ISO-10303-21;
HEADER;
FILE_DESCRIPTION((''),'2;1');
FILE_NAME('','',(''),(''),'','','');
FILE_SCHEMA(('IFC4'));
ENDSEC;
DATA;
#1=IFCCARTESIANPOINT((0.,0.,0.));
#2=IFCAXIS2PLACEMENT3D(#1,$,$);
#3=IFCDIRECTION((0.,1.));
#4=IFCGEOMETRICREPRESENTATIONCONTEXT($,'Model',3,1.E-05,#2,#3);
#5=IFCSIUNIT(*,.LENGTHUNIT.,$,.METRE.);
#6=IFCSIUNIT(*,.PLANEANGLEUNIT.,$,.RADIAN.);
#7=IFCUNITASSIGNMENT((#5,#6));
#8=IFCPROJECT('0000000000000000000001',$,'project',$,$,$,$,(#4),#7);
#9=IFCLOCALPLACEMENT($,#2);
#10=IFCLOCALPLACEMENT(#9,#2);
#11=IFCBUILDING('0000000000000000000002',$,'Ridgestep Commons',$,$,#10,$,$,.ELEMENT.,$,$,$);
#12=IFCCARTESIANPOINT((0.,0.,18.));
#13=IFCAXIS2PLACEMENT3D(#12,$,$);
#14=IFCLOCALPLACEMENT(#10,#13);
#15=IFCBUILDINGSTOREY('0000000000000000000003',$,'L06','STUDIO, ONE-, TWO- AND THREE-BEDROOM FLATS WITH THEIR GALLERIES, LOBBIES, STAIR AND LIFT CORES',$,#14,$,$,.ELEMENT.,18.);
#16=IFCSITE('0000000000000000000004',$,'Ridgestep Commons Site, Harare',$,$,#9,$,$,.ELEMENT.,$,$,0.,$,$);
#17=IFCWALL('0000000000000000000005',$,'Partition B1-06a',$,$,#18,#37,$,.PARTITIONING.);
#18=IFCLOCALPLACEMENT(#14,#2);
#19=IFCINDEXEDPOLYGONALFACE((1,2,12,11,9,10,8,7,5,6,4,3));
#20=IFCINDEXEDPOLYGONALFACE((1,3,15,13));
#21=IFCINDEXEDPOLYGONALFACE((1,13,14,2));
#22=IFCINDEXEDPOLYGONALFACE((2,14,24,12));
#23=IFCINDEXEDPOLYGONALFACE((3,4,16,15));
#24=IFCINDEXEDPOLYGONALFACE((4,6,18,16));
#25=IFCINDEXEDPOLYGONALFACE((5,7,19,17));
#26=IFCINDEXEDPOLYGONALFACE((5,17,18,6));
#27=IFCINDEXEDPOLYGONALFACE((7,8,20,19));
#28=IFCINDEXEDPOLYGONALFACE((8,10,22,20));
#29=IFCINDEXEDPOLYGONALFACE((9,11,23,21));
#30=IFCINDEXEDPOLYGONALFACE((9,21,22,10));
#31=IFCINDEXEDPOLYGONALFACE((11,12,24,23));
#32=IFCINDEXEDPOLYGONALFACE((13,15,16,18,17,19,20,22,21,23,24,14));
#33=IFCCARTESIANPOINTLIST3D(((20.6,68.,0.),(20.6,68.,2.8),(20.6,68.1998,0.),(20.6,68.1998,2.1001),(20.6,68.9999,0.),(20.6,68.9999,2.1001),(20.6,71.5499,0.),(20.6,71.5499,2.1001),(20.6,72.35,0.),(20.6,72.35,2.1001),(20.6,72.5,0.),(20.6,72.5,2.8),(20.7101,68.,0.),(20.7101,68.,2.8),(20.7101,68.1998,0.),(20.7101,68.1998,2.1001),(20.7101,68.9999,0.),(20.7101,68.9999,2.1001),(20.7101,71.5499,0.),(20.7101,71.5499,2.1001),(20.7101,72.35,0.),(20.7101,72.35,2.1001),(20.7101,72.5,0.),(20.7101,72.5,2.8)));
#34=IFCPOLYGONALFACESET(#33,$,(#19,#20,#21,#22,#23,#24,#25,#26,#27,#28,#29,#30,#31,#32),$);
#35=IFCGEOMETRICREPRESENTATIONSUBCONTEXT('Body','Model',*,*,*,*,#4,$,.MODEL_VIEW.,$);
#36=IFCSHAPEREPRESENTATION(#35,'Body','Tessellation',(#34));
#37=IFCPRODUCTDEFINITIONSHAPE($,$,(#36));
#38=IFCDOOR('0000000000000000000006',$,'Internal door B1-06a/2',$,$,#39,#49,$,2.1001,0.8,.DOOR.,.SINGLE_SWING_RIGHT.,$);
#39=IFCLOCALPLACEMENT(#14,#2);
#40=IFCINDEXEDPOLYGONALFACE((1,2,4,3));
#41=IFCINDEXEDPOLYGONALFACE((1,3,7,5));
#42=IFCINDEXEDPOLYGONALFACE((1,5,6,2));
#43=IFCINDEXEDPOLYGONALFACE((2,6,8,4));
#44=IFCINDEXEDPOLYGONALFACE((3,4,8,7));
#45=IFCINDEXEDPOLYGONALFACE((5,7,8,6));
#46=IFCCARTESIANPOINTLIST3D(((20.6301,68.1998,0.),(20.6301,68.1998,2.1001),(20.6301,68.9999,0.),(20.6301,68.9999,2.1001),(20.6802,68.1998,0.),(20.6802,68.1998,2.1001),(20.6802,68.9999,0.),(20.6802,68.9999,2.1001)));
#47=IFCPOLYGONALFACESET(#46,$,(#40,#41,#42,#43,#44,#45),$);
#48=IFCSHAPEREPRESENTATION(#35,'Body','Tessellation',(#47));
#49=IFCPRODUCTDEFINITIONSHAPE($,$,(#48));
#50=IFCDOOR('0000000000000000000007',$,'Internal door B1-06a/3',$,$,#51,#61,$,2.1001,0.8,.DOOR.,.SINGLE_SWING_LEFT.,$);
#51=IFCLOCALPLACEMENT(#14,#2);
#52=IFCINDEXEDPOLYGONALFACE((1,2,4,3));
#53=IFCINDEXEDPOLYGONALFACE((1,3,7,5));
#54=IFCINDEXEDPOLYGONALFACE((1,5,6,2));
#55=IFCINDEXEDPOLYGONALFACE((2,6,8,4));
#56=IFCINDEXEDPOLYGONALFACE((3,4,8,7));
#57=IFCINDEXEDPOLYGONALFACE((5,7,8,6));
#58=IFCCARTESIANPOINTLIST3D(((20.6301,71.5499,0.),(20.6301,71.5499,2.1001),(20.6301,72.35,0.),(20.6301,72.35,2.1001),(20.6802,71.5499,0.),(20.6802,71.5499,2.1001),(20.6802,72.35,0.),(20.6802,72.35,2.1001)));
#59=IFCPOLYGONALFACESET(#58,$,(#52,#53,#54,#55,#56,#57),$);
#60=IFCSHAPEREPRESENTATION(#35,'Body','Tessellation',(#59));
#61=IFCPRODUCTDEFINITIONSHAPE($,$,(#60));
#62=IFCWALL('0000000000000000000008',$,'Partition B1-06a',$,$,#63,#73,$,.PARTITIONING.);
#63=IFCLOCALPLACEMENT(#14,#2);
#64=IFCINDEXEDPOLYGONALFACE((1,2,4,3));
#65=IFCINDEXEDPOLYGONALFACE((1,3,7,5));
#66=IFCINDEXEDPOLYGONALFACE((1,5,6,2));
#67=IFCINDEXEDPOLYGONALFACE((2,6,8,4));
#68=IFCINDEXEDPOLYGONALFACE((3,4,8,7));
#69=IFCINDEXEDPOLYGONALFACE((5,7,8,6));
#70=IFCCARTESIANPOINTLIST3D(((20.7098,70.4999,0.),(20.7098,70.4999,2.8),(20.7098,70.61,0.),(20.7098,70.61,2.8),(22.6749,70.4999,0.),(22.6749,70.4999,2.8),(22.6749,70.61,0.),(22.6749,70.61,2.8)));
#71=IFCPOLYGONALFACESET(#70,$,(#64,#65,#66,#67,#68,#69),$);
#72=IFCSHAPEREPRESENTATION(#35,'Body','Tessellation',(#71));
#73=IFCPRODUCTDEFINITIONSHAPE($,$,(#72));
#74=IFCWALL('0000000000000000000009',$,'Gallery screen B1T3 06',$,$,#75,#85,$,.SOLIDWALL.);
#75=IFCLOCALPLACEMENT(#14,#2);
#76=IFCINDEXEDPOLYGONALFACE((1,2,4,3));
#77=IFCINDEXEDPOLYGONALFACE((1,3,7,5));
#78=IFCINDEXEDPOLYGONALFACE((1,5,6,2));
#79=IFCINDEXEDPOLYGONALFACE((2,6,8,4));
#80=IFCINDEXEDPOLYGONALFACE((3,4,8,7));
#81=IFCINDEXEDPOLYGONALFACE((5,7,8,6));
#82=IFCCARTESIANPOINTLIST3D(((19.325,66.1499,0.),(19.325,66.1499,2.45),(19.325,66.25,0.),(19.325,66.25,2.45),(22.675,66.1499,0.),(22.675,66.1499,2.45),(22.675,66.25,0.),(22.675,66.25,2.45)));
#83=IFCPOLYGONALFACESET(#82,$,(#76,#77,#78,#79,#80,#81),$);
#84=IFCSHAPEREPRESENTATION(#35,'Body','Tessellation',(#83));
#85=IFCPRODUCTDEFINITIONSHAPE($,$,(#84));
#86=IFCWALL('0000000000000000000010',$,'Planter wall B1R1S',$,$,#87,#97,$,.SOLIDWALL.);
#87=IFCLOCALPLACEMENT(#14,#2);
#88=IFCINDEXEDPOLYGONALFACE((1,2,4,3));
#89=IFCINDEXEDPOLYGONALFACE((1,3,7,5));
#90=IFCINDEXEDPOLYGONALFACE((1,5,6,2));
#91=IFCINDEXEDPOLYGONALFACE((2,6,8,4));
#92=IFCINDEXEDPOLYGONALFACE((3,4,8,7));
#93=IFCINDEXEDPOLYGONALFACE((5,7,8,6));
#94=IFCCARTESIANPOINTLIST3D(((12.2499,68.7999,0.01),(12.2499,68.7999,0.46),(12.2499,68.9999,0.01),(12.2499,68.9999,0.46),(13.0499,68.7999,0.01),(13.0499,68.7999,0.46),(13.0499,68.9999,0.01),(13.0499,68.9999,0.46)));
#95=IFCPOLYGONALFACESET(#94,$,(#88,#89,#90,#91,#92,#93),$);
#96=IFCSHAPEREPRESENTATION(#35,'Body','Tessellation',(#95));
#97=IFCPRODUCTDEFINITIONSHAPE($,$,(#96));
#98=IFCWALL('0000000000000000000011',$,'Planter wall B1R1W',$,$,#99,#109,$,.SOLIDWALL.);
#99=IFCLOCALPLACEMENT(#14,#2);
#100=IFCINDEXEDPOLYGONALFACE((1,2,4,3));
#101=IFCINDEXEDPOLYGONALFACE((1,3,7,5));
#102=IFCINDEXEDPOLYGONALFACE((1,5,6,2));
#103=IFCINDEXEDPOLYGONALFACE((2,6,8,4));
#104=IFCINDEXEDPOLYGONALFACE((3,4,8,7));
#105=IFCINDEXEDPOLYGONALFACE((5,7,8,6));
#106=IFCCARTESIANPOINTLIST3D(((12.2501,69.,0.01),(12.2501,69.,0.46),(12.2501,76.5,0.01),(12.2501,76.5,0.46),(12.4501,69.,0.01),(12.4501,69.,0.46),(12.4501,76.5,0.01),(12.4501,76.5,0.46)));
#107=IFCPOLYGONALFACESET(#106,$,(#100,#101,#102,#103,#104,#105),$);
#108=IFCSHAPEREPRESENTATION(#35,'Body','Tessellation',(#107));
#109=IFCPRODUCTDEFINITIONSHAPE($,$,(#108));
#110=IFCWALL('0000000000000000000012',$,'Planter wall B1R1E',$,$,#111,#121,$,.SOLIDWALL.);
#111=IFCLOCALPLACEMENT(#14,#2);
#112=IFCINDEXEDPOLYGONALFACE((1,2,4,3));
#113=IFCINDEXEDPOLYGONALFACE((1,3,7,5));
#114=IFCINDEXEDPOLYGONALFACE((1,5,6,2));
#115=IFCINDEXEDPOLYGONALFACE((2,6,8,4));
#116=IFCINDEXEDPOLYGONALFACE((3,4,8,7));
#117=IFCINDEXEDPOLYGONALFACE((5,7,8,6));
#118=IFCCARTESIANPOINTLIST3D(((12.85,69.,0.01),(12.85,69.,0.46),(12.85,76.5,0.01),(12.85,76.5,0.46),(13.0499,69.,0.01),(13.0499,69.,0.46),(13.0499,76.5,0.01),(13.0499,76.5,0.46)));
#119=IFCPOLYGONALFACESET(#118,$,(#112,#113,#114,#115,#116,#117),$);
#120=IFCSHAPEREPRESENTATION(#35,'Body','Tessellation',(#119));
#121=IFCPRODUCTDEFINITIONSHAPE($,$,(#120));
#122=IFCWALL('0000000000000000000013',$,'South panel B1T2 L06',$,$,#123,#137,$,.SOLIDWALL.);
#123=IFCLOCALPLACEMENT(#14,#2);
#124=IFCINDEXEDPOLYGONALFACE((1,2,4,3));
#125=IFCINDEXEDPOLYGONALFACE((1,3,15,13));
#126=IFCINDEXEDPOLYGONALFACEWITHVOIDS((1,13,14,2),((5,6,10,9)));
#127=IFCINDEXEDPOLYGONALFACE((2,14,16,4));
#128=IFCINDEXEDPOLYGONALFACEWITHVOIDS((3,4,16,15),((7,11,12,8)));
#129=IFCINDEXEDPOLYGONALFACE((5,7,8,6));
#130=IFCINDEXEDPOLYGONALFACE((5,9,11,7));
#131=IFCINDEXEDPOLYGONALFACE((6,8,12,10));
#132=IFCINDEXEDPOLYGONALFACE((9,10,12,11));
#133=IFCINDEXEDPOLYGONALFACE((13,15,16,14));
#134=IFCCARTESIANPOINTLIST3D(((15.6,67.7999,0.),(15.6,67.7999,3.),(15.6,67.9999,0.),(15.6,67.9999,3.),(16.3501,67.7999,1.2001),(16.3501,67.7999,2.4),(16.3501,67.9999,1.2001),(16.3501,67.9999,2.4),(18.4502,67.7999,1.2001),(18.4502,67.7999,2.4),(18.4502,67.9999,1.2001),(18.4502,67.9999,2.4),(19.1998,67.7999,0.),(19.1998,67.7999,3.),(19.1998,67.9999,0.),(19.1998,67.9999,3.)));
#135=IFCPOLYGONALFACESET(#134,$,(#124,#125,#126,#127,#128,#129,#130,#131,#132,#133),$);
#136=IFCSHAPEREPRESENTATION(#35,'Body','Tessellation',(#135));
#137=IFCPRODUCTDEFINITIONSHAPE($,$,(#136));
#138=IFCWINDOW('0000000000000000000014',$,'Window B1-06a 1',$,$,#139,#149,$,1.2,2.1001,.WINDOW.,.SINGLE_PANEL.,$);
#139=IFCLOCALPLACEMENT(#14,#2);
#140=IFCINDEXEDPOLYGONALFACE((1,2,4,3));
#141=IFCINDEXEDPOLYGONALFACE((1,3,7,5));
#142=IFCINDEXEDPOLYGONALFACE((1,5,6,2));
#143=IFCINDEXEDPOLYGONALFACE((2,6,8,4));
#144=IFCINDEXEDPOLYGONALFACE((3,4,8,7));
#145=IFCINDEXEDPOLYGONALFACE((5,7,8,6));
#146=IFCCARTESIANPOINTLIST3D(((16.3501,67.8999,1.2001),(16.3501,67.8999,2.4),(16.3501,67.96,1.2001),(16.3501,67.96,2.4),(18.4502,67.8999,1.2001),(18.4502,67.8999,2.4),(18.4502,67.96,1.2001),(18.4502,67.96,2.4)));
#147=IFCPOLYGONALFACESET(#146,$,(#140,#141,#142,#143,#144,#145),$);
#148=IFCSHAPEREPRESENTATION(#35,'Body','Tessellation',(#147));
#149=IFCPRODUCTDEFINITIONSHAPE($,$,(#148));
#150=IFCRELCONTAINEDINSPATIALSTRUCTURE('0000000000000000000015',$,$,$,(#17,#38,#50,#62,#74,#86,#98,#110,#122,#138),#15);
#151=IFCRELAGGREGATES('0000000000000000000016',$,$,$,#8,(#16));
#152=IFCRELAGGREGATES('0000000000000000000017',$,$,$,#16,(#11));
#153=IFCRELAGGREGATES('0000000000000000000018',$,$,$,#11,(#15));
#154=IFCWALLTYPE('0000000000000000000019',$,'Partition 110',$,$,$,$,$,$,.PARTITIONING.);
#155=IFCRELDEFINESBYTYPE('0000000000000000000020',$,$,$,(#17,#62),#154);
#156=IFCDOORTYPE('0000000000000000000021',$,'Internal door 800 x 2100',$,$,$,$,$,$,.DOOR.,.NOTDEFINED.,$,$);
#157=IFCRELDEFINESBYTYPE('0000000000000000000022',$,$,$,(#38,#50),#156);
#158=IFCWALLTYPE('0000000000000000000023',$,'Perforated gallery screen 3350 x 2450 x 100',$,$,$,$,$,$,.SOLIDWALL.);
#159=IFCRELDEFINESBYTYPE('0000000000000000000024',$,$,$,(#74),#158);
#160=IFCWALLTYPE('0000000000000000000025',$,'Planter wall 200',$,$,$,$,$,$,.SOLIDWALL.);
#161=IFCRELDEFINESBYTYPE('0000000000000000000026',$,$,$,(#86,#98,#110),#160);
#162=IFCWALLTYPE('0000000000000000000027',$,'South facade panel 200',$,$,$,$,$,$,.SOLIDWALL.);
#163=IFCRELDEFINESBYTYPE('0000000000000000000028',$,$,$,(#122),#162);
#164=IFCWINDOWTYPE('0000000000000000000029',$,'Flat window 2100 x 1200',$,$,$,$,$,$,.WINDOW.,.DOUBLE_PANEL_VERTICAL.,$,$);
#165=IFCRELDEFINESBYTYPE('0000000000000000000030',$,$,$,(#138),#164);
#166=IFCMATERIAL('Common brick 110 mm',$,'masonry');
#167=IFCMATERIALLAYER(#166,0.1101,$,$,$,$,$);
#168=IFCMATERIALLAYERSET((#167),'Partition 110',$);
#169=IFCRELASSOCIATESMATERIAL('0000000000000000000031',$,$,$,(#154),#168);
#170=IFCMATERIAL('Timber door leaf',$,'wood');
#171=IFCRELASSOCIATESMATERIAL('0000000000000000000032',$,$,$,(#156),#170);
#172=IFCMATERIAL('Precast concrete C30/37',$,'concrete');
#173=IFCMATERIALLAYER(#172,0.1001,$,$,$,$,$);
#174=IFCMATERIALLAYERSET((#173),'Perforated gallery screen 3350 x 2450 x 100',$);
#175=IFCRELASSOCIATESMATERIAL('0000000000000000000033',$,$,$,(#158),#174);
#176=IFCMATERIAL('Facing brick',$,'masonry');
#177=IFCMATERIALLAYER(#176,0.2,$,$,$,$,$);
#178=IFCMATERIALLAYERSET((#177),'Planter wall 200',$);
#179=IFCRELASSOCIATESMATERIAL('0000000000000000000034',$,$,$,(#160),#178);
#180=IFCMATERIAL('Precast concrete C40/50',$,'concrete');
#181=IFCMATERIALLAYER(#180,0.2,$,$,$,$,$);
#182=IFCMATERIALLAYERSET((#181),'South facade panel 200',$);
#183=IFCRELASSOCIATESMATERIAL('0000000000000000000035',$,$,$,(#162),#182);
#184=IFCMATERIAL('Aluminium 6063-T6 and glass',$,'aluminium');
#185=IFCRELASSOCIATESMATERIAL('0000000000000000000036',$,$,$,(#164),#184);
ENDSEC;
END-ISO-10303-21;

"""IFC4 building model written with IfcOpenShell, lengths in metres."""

from ifc_helpers import new_model, si_unit, direction, frame, frame_2d, origin, place, context, subcontext, project, spatial, rectangle, extrude, material, layer, layer_set, type_object, element, fill, save


model = new_model("IFC4")

# Units and contexts
model_context = context("Model", 3, precision=1e-05, world=origin(), true_north=direction((0.0, 1.0)))
body_context = subcontext(model_context, "Body", "Model", "MODEL_VIEW")
ifc_project = project(units=[si_unit("LENGTHUNIT", "METRE"), si_unit("PLANEANGLEUNIT", "RADIAN")], contexts=[model_context])

# Site, building, storey
site_placement = place(None, origin())
site = spatial("IfcSite", under=ifc_project, at=site_placement, Name="Ridgestep Commons Site, Harare", CompositionType="ELEMENT", RefElevation=0.0)
building_placement = place(site_placement, origin())
building = spatial("IfcBuilding", under=site, at=building_placement, Name="Ridgestep Commons", CompositionType="ELEMENT")
storey_placement = place(building_placement, frame((0.0, 0.0, 18.0)))
storey = spatial("IfcBuildingStorey", under=building, at=storey_placement, Name="L06", Description="STUDIO, ONE-, TWO- AND THREE-BEDROOM FLATS WITH THEIR GALLERIES, LOBBIES, STAIR AND LIFT CORES", CompositionType="ELEMENT", Elevation=18.0)

# Wall, openings, doors
ifc_material_1 = material(Name="Common brick 110 mm", Category="masonry")
ifc_layer_1 = layer(ifc_material_1, 0.1101)
ifc_layer_set_1 = layer_set([ifc_layer_1], Name="Partition 110")
wall_type_1 = type_object("IfcWallType", Name="Partition 110", PredefinedType="PARTITIONING", material=ifc_layer_set_1)
wall_1_placement = place(storey_placement, frame((20.655, 68.0, 0.0), z_axis=(0.0, 0.0, 1.0), x_axis=(0.0, 1.0, 0.0)))
wall_1 = element("IfcWall", 1, at=wall_1_placement, inside=storey, type_object=wall_type_1, Name="Partition B1-06a", PredefinedType="PARTITIONING", context=body_context, shape_type="SweptSolid", body=[
    extrude(rectangle(XDim=4.5, YDim=0.1101, at=frame_2d((2.25, 0.0))), origin(), (0.0, 0.0, 1.0), 2.8),
])
opening_1_placement = place(wall_1_placement, frame((0.2, 0.0, 0.0)))
opening_1 = element("IfcOpeningElement", 2, at=opening_1_placement, cuts=wall_1, PredefinedType="OPENING", context=body_context, shape_type="SweptSolid", body=[
    extrude(rectangle(XDim=0.8, YDim=2.1001, at=frame_2d((0.3999, 1.05))), frame((0.0, 0.0649, 0.0), z_axis=(0.0, -1.0, 0.0), x_axis=(1.0, 0.0, 0.0)), (0.0, 0.0, 1.0), 0.1301),
])
opening_2_placement = place(wall_1_placement, frame((3.55, 0.0, 0.0)))
opening_2 = element("IfcOpeningElement", 3, at=opening_2_placement, cuts=wall_1, PredefinedType="OPENING", context=body_context, shape_type="SweptSolid", body=[
    extrude(rectangle(XDim=0.8, YDim=2.1001, at=frame_2d((0.3999, 1.05))), frame((0.0, 0.0649, 0.0), z_axis=(0.0, -1.0, 0.0), x_axis=(1.0, 0.0, 0.0)), (0.0, 0.0, 1.0), 0.1301),
])
ifc_material_2 = material(Name="Timber door leaf", Category="wood")
door_type_1 = type_object("IfcDoorType", Name="Internal door 800 x 2100", OperationType="NOTDEFINED", PredefinedType="DOOR", material=ifc_material_2)
door_1_placement = place(opening_1_placement, origin())
door_1 = element("IfcDoor", 4, at=door_1_placement, inside=storey, type_object=door_type_1, Name="Internal door B1-06a/2", OperationType="SINGLE_SWING_RIGHT", OverallHeight=2.1001, OverallWidth=0.8, PredefinedType="DOOR", context=body_context, shape_type="SweptSolid", body=[
    extrude(rectangle(XDim=0.8, YDim=2.1001, at=frame_2d((0.3999, 1.05))), frame((0.0, 0.0249, 0.0), z_axis=(0.0, -1.0, 0.0), x_axis=(1.0, 0.0, 0.0)), (0.0, 0.0, 1.0), 0.05),
])
fill(opening_1, door_1)
door_2_placement = place(opening_2_placement, origin())
door_2 = element("IfcDoor", 5, at=door_2_placement, inside=storey, type_object=door_type_1, Name="Internal door B1-06a/3", OperationType="SINGLE_SWING_LEFT", OverallHeight=2.1001, OverallWidth=0.8, PredefinedType="DOOR", context=body_context, shape_type="SweptSolid", body=[
    extrude(rectangle(XDim=0.8, YDim=2.1001, at=frame_2d((0.3999, 1.05))), frame((0.0, 0.0249, 0.0), z_axis=(0.0, -1.0, 0.0), x_axis=(1.0, 0.0, 0.0)), (0.0, 0.0, 1.0), 0.05),
])
fill(opening_2, door_2)

# Walls
wall_2_placement = place(storey_placement, frame((20.71, 70.5549, 0.0), z_axis=(0.0, 0.0, 1.0), x_axis=(1.0, 0.0, 0.0)))
element("IfcWall", 6, at=wall_2_placement, inside=storey, type_object=wall_type_1, Name="Partition B1-06a", PredefinedType="PARTITIONING", context=body_context, shape_type="SweptSolid", body=[
    extrude(rectangle(XDim=1.9651, YDim=0.1101, at=frame_2d((0.9824, 0.0))), origin(), (0.0, 0.0, 1.0), 2.8),
])
ifc_material_3 = material(Name="Precast concrete C30/37", Category="concrete")
ifc_layer_2 = layer(ifc_material_3, 0.1001)
ifc_layer_set_2 = layer_set([ifc_layer_2], Name="Perforated gallery screen 3350 x 2450 x 100")
wall_type_2 = type_object("IfcWallType", Name="Perforated gallery screen 3350 x 2450 x 100", PredefinedType="SOLIDWALL", material=ifc_layer_set_2)
wall_3_placement = place(storey_placement, frame((19.325, 66.2, 0.0), z_axis=(0.0, 0.0, 1.0), x_axis=(1.0, 0.0, 0.0)))
element("IfcWall", 7, at=wall_3_placement, inside=storey, type_object=wall_type_2, Name="Gallery screen B1T3 06", PredefinedType="SOLIDWALL", context=body_context, shape_type="SweptSolid", body=[
    extrude(rectangle(XDim=3.3501, YDim=0.1001, at=frame_2d((1.675, 0.0))), origin(), (0.0, 0.0, 1.0), 2.45),
])
ifc_material_4 = material(Name="Facing brick", Category="masonry")
ifc_layer_3 = layer(ifc_material_4, 0.2)
ifc_layer_set_3 = layer_set([ifc_layer_3], Name="Planter wall 200")
wall_type_3 = type_object("IfcWallType", Name="Planter wall 200", PredefinedType="SOLIDWALL", material=ifc_layer_set_3)
wall_4_placement = place(storey_placement, frame((12.25, 68.8999, 0.01), z_axis=(0.0, 0.0, 1.0), x_axis=(1.0, 0.0, 0.0)))
element("IfcWall", 8, at=wall_4_placement, inside=storey, type_object=wall_type_3, Name="Planter wall B1R1S", PredefinedType="SOLIDWALL", context=body_context, shape_type="SweptSolid", body=[
    extrude(rectangle(XDim=0.8, YDim=0.2, at=frame_2d((0.3999, 0.0))), origin(), (0.0, 0.0, 1.0), 0.45),
])
for number, where, z_axis, x_axis, name in (
    (9, (12.3501, 69.0, 0.01), (0.0, 0.0, 1.0), (0.0, 1.0, 0.0), "Planter wall B1R1W"),
    (10, (12.95, 69.0, 0.01), (0.0, 0.0, 1.0), (0.0, 1.0, 0.0), "Planter wall B1R1E"),
):
    element("IfcWall", number, at=place(storey_placement, frame(where, z_axis=z_axis, x_axis=x_axis)), inside=storey, type_object=wall_type_3, Name=name, PredefinedType="SOLIDWALL", context=body_context, shape_type="SweptSolid", body=[
        extrude(rectangle(XDim=7.5, YDim=0.2, at=frame_2d((3.75, 0.0))), origin(), (0.0, 0.0, 1.0), 0.45),
    ])

# Wall, opening, window
ifc_material_5 = material(Name="Precast concrete C40/50", Category="concrete")
ifc_layer_4 = layer(ifc_material_5, 0.2)
ifc_layer_set_4 = layer_set([ifc_layer_4], Name="South facade panel 200")
wall_type_4 = type_object("IfcWallType", Name="South facade panel 200", PredefinedType="SOLIDWALL", material=ifc_layer_set_4)
wall_5_placement = place(storey_placement, frame((15.6001, 67.8999, 0.0), z_axis=(0.0, 0.0, 1.0), x_axis=(1.0, 0.0, 0.0)))
wall_5 = element("IfcWall", 11, at=wall_5_placement, inside=storey, type_object=wall_type_4, Name="South panel B1T2 L06", PredefinedType="SOLIDWALL", context=body_context, shape_type="SweptSolid", body=[
    extrude(rectangle(XDim=3.5999, YDim=0.2, at=frame_2d((1.7998, 0.0))), origin(), (0.0, 0.0, 1.0), 3.0),
])
opening_3_placement = place(wall_5_placement, frame((0.75, 0.0, 1.2)))
opening_3 = element("IfcOpeningElement", 12, at=opening_3_placement, cuts=wall_5, PredefinedType="OPENING", context=body_context, shape_type="SweptSolid", body=[
    extrude(rectangle(XDim=2.1001, YDim=1.2, at=frame_2d((1.05, 0.6001))), frame((0.0, 0.1099, 0.0), z_axis=(0.0, -1.0, 0.0), x_axis=(1.0, 0.0, 0.0)), (0.0, 0.0, 1.0), 0.22),
])
ifc_material_6 = material(Name="Aluminium 6063-T6 and glass", Category="aluminium")
window_type_1 = type_object("IfcWindowType", Name="Flat window 2100 x 1200", PartitioningType="DOUBLE_PANEL_VERTICAL", PredefinedType="WINDOW", material=ifc_material_6)
window_1_placement = place(opening_3_placement, origin())
window_1 = element("IfcWindow", 13, at=window_1_placement, inside=storey, type_object=window_type_1, Name="Window B1-06a 1", OverallHeight=1.2, OverallWidth=2.1001, PartitioningType="SINGLE_PANEL", PredefinedType="WINDOW", context=body_context, shape_type="SweptSolid", body=[
    extrude(rectangle(XDim=2.1001, YDim=1.2, at=frame_2d((1.05, 0.6001))), frame((0.0, 0.0601, 0.0), z_axis=(0.0, -1.0, 0.0), x_axis=(1.0, 0.0, 0.0)), (0.0, 0.0, 1.0), 0.0601),
])
fill(opening_3, window_1)

save(model, "model.ifc")
